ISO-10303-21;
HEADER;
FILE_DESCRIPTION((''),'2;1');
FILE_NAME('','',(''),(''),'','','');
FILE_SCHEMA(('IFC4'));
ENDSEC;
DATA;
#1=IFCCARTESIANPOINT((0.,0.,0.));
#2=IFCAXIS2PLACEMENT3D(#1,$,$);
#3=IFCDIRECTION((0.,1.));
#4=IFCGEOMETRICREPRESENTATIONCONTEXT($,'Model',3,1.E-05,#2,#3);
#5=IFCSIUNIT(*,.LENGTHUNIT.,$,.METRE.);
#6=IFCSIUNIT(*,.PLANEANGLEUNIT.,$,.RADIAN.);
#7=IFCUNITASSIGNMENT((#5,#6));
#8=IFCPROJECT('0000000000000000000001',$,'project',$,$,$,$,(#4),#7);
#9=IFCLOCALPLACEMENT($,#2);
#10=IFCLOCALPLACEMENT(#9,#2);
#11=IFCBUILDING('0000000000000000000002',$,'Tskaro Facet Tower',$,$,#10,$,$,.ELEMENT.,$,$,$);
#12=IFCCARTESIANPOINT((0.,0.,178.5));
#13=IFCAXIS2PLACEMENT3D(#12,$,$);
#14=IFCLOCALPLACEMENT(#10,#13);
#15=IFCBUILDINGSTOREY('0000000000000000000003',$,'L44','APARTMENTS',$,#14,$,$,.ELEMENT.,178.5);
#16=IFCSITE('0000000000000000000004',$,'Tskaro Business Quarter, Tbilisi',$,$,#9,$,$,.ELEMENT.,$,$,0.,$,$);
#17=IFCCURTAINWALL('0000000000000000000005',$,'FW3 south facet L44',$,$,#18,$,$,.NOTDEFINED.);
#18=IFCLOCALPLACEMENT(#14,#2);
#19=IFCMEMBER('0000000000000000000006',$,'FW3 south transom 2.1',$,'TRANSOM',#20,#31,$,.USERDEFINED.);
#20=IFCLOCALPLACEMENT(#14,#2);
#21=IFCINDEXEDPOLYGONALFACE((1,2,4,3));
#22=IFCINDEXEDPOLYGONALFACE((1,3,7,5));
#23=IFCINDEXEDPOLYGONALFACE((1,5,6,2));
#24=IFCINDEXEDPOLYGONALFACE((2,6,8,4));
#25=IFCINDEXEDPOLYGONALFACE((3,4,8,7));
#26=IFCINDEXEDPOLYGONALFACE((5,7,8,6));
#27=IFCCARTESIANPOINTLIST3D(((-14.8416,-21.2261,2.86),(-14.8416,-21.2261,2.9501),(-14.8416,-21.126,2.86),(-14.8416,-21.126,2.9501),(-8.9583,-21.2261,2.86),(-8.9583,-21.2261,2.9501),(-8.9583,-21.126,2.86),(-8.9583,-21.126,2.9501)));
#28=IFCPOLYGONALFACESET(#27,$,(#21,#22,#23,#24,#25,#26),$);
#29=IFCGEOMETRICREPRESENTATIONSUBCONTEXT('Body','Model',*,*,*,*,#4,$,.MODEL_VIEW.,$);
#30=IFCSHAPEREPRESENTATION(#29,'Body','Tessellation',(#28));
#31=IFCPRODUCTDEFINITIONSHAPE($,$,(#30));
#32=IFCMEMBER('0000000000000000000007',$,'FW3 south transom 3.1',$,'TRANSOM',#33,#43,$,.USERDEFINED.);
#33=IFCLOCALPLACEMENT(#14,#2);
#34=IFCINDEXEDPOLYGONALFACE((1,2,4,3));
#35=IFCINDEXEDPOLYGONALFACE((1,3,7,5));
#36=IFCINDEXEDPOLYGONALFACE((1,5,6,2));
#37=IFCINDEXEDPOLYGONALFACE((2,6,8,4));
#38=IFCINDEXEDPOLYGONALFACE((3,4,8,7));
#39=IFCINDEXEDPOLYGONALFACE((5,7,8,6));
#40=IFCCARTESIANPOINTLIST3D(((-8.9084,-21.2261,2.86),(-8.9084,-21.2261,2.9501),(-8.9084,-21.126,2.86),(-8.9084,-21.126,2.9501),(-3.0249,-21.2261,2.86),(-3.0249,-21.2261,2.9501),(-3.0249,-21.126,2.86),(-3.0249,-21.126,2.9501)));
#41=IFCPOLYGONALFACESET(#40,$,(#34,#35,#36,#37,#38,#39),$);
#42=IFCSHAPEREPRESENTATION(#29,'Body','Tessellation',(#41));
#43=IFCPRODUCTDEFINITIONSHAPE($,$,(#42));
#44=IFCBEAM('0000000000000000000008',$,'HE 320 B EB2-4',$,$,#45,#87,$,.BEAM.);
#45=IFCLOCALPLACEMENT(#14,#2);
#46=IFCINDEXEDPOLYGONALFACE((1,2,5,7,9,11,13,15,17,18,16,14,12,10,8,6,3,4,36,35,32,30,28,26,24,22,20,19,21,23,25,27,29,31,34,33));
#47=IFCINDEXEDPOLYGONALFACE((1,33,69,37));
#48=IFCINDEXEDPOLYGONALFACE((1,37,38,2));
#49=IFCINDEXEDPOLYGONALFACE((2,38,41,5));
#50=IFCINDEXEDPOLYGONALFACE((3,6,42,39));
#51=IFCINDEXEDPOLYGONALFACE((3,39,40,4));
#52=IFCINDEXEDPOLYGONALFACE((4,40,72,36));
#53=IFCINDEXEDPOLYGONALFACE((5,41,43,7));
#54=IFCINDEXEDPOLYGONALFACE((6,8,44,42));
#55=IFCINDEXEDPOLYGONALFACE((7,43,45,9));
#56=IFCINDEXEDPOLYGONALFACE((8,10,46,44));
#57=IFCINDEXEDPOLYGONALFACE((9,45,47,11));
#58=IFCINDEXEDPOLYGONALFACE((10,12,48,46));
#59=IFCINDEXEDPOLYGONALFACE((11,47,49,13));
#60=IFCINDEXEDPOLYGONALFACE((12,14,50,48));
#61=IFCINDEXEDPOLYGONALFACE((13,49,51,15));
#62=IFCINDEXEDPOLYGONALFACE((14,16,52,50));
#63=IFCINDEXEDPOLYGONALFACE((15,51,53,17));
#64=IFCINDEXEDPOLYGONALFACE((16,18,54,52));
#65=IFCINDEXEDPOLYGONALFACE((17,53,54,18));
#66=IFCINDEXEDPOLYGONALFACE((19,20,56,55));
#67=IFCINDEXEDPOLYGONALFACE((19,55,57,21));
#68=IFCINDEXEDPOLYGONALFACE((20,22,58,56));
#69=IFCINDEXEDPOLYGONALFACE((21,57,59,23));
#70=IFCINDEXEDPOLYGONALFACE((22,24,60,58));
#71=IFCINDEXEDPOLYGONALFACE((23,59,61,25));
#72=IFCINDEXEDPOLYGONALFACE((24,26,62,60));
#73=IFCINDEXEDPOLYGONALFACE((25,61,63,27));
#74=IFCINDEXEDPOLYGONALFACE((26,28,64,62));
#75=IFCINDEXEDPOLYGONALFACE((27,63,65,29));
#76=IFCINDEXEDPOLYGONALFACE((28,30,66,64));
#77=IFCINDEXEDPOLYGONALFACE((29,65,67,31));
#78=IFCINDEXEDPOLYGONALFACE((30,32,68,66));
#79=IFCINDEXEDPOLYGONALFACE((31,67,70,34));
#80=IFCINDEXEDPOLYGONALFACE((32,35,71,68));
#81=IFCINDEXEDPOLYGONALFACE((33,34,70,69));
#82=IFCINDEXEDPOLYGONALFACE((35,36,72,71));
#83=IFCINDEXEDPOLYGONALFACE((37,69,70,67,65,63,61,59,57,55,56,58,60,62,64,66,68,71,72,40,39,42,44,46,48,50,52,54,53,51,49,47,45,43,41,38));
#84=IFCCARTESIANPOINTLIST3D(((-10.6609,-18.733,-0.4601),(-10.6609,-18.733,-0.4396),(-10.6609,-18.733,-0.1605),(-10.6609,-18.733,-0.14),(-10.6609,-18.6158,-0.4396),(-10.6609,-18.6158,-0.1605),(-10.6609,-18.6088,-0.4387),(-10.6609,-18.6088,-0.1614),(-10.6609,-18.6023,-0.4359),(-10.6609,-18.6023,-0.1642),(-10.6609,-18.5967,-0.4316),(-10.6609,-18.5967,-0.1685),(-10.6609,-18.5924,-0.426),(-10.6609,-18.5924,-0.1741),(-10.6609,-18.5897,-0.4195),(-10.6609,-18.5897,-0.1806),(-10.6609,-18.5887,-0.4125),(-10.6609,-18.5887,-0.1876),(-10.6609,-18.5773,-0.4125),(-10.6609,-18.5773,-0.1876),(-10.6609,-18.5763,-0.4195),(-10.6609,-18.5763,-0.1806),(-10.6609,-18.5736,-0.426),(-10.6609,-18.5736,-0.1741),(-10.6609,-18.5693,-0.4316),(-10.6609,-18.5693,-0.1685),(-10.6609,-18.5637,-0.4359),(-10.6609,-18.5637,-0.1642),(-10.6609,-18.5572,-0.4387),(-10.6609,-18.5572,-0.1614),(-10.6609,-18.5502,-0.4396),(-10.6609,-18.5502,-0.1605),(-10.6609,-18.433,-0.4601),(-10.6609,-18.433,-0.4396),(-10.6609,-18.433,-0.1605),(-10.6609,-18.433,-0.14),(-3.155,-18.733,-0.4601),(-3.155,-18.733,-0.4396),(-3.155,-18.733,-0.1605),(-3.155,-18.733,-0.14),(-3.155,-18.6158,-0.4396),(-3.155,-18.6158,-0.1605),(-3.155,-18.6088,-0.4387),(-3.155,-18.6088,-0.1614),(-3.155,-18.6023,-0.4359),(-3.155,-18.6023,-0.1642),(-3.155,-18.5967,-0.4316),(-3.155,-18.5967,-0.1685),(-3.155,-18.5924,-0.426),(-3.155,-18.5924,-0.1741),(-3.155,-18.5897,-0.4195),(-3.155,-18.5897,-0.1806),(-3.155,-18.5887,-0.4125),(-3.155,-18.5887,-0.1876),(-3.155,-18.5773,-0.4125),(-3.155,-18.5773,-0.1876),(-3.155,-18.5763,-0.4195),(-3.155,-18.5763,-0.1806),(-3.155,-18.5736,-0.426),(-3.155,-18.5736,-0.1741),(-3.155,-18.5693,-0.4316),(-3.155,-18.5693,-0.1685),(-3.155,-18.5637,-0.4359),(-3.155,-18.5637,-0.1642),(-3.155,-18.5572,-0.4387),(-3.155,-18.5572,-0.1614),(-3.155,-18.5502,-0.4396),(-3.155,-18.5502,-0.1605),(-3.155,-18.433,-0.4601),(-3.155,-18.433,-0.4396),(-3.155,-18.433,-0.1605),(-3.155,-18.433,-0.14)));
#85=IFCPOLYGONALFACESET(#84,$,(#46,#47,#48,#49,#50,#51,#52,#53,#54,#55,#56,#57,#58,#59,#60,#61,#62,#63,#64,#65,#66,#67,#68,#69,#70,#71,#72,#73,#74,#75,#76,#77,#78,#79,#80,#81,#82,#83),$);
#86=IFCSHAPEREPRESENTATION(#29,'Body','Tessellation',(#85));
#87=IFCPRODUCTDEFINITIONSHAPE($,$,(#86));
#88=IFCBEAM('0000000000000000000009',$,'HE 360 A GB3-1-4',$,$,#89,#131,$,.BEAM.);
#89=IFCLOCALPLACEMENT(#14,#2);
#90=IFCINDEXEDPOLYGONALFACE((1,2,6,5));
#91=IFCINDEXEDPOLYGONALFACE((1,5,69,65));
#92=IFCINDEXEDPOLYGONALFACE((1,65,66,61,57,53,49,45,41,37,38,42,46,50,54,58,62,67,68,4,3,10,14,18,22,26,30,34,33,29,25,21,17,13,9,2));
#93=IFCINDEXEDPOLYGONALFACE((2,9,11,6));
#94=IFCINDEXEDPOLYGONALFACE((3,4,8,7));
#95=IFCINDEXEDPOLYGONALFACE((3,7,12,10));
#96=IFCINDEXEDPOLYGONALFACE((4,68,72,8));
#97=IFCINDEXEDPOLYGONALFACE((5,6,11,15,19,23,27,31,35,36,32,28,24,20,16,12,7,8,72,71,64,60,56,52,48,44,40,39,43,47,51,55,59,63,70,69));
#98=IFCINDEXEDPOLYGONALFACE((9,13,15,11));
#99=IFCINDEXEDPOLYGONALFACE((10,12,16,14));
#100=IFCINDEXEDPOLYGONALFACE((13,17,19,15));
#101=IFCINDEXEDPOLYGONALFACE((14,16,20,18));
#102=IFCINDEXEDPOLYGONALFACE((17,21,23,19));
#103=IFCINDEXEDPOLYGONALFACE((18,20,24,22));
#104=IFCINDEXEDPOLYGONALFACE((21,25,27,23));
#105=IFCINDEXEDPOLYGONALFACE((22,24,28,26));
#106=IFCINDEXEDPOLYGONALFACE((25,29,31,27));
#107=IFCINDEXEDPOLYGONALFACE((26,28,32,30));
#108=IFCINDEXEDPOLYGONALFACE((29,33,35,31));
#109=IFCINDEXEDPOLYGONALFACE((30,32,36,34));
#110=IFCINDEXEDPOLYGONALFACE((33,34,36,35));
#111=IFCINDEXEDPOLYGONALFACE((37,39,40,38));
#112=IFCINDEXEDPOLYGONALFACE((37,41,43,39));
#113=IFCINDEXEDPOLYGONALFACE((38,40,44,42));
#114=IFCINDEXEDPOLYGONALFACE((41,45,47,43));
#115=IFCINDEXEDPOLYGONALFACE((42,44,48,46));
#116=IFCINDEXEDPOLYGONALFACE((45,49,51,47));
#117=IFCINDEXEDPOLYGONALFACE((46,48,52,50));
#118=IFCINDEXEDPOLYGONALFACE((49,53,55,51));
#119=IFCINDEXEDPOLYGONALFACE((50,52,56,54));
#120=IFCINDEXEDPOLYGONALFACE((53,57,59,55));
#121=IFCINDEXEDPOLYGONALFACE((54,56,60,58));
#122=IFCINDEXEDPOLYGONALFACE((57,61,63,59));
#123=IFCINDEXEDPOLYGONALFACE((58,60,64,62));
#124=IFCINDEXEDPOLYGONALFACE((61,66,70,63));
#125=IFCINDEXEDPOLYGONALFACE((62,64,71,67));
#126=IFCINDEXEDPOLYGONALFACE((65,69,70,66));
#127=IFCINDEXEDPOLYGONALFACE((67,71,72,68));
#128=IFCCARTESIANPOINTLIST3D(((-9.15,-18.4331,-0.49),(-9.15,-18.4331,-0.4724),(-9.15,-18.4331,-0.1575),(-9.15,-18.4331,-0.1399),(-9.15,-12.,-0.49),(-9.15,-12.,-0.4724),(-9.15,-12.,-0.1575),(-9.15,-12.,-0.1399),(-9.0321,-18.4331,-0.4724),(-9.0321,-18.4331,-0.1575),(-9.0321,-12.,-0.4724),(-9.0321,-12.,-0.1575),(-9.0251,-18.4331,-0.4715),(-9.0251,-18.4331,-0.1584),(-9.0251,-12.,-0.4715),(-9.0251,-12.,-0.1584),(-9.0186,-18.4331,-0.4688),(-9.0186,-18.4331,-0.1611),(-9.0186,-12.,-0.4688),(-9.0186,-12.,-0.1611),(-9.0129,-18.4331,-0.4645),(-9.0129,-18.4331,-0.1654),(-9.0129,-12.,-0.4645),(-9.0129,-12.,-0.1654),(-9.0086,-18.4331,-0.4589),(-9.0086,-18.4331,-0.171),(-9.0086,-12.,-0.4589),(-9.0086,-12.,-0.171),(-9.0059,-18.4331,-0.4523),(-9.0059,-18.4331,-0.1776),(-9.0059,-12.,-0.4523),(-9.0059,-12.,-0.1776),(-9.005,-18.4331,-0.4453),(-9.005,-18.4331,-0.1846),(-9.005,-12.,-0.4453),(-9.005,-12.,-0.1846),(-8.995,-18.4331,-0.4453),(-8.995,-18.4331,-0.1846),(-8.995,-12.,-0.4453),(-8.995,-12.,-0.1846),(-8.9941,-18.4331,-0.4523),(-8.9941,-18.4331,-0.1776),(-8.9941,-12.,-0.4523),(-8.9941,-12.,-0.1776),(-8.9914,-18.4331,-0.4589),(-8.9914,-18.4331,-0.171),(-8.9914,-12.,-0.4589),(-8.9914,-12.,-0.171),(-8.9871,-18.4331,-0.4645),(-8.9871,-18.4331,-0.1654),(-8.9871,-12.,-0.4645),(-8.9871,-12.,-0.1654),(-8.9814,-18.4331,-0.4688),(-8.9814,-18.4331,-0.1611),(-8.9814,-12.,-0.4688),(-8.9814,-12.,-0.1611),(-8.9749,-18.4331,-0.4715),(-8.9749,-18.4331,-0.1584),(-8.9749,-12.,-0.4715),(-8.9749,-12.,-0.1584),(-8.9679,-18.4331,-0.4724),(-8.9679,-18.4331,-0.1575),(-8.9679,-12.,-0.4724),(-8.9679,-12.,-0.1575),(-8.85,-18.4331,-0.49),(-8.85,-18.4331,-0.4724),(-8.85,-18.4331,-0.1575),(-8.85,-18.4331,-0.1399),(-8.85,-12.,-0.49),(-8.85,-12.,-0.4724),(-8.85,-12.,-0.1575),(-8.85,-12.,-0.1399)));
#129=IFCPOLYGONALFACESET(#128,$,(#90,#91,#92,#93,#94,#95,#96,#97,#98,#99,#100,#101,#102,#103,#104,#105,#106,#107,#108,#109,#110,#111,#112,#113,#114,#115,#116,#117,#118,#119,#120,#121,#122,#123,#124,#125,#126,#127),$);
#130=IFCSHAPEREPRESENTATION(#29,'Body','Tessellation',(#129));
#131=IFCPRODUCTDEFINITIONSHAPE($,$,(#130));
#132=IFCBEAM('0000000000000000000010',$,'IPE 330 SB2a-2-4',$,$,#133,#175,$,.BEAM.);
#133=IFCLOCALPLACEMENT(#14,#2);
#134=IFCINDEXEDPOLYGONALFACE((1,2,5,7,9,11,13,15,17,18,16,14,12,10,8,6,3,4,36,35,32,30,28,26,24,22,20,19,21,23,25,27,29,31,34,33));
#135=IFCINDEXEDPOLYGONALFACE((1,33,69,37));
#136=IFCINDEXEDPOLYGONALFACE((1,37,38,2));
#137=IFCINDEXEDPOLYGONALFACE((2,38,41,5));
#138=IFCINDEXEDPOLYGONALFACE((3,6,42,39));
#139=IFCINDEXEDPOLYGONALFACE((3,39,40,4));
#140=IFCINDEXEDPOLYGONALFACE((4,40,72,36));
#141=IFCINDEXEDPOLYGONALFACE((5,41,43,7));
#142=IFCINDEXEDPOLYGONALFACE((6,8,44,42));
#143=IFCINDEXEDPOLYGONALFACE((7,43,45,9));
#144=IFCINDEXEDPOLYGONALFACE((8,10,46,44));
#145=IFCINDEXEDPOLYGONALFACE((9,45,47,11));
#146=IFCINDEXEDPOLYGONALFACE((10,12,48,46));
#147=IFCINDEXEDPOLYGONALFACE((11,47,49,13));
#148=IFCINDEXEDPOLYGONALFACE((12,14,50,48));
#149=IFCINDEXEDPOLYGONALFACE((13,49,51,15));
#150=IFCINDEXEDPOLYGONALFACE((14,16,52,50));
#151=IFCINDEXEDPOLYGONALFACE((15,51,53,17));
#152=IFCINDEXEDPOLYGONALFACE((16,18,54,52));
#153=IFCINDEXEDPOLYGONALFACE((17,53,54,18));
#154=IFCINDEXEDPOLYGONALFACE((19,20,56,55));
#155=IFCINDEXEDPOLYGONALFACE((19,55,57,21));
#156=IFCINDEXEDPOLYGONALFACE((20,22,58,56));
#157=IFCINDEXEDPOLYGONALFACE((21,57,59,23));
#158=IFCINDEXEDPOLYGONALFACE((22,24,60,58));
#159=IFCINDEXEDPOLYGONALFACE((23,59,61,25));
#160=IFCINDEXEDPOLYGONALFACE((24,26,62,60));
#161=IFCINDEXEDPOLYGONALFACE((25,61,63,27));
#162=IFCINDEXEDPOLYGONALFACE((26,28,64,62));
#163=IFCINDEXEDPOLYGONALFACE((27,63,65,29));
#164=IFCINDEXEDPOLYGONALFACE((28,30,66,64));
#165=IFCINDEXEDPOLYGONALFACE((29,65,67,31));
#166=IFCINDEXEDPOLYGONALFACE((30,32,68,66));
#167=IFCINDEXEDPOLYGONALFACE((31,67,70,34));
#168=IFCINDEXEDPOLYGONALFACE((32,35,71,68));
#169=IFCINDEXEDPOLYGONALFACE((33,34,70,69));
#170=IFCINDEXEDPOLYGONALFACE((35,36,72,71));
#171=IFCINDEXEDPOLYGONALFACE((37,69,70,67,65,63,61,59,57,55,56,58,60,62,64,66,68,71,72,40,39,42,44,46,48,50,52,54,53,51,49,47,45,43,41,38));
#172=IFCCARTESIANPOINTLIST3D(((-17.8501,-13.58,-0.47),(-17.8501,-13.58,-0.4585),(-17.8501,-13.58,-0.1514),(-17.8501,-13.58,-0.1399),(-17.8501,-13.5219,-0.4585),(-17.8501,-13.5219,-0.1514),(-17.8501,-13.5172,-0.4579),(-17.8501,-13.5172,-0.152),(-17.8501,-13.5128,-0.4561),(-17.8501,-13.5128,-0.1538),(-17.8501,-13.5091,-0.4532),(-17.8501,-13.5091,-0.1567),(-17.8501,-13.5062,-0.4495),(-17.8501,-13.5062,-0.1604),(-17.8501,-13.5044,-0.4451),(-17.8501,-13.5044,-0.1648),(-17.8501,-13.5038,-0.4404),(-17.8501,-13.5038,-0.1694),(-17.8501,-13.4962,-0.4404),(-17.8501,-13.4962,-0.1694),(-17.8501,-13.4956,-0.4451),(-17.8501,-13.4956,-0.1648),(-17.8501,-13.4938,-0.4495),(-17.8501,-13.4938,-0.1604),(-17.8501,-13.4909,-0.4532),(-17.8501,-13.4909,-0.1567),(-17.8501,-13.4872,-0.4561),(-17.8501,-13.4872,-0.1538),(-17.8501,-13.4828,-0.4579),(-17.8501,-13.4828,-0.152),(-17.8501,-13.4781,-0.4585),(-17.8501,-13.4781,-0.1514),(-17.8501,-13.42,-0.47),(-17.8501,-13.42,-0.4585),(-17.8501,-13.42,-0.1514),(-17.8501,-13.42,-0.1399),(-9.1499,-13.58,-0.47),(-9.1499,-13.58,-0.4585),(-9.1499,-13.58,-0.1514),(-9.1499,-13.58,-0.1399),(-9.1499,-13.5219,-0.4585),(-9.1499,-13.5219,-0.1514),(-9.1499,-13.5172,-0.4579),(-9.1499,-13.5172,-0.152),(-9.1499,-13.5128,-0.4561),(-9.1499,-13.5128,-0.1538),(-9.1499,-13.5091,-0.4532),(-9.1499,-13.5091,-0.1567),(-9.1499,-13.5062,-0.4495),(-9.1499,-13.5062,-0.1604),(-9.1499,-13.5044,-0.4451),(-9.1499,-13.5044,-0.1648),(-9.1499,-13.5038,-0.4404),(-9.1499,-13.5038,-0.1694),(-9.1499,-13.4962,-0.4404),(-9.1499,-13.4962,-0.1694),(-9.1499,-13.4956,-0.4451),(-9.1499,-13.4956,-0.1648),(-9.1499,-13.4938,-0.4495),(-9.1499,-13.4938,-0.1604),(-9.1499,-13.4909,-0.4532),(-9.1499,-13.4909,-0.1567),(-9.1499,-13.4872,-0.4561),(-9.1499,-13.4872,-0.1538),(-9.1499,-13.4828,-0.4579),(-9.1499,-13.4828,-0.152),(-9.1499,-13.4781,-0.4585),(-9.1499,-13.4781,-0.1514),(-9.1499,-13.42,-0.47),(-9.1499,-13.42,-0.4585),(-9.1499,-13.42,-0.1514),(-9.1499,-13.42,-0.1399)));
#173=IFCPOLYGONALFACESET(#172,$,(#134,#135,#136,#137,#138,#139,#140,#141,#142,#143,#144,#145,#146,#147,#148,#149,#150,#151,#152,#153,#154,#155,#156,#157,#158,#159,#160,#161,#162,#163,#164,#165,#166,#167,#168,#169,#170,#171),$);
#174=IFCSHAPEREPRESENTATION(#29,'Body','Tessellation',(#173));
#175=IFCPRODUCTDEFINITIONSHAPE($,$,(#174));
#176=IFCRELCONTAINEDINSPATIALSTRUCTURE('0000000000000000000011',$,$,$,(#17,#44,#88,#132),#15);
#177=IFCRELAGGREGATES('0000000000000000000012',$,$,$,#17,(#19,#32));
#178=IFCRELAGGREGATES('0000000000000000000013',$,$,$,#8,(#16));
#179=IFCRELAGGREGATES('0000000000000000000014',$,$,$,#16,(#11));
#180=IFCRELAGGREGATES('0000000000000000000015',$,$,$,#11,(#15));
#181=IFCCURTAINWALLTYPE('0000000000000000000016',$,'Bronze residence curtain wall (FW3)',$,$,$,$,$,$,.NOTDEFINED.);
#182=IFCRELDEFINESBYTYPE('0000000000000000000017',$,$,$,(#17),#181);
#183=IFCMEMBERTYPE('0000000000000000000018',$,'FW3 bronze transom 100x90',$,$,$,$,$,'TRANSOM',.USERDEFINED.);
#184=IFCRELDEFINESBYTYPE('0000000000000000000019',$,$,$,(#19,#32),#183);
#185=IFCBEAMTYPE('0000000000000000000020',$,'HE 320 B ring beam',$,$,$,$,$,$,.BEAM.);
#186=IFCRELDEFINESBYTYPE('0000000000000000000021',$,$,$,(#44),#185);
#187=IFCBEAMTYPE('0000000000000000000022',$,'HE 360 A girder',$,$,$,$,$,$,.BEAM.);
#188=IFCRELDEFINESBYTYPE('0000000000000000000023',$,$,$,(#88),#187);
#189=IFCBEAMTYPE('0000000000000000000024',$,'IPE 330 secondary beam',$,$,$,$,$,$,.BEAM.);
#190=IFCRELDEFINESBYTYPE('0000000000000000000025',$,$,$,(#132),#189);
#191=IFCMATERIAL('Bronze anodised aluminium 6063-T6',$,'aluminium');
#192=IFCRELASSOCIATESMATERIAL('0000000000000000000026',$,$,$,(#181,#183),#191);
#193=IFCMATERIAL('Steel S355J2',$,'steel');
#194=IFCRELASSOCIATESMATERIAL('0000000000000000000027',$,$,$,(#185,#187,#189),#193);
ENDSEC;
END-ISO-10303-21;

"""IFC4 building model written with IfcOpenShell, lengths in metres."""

from ifc_helpers import new_model, si_unit, direction, frame, origin, origin_2d, place, context, subcontext, project, spatial, rectangle, i_section, extrude, material, material_profile, profile_set, type_object, element, aggregate, save


model = new_model("IFC4")

# Units and contexts
model_context = context("Model", 3, precision=1e-05, world=origin(), true_north=direction((0.0, 1.0)))
body_context = subcontext(model_context, "Body", "Model", "MODEL_VIEW")
ifc_project = project(units=[si_unit("LENGTHUNIT", "METRE"), si_unit("PLANEANGLEUNIT", "RADIAN")], contexts=[model_context])

# Site, building, storey
site_placement = place(None, origin())
site = spatial("IfcSite", under=ifc_project, at=site_placement, Name="Tskaro Business Quarter, Tbilisi", CompositionType="ELEMENT", RefElevation=0.0)
building_placement = place(site_placement, origin())
building = spatial("IfcBuilding", under=site, at=building_placement, Name="Tskaro Facet Tower", CompositionType="ELEMENT")
storey_placement = place(building_placement, frame((0.0, 0.0, 178.5)))
storey = spatial("IfcBuildingStorey", under=building, at=storey_placement, Name="L44", Description="APARTMENTS", CompositionType="ELEMENT", Elevation=178.5)

# Curtain wall, members
ifc_material_1 = material(Name="Bronze anodised aluminium 6063-T6", Category="aluminium")
curtain_wall_type = type_object("IfcCurtainWallType", Name="Bronze residence curtain wall (FW3)", PredefinedType="NOTDEFINED", material=ifc_material_1)
curtain_wall_placement = place(storey_placement, origin())
curtain_wall = element("IfcCurtainWall", 1, at=curtain_wall_placement, inside=storey, type_object=curtain_wall_type, Name="FW3 south facet L44", PredefinedType="NOTDEFINED")
ifc_material_profile_1 = material_profile(ifc_material_1, rectangle(XDim=0.1001, YDim=0.0901, at=origin_2d()), Name="Transom 100x90")
ifc_profile_set_1 = profile_set([ifc_material_profile_1], Name="Bronze anodised aluminium 6063-T6")
member_type_1 = type_object("IfcMemberType", Name="FW3 bronze transom 100x90", ElementType="TRANSOM", PredefinedType="USERDEFINED", material=ifc_profile_set_1)
member_1_placement = place(storey_placement, frame((-14.8416, -21.176, 2.905), z_axis=(1.0, 0.0, 0.0), x_axis=(0.0, 1.0, 0.0)))
member_1 = element("IfcMember", 2, at=member_1_placement, type_object=member_type_1, Name="FW3 south transom 2.1", ObjectType="TRANSOM", PredefinedType="USERDEFINED", context=body_context, shape_type="SweptSolid", body=[
    extrude(rectangle(XDim=0.1001, YDim=0.0901, at=origin_2d()), origin(), (0.0, 0.0, 1.0), 5.8833),
])
member_2_placement = place(storey_placement, frame((-8.9084, -21.176, 2.905), z_axis=(1.0, 0.0, 0.0), x_axis=(0.0, 1.0, 0.0)))
member_2 = element("IfcMember", 3, at=member_2_placement, type_object=member_type_1, Name="FW3 south transom 3.1", ObjectType="TRANSOM", PredefinedType="USERDEFINED", context=body_context, shape_type="SweptSolid", body=[
    extrude(rectangle(XDim=0.1001, YDim=0.0901, at=origin_2d()), origin(), (0.0, 0.0, 1.0), 5.8835),
])

# Beams
ifc_material_2 = material(Name="Steel S355J2", Category="steel")
ifc_material_profile_2 = material_profile(ifc_material_2, i_section(OverallWidth=0.3, OverallDepth=0.3201, WebThickness=0.0115, FlangeThickness=0.0205, FilletRadius=0.0271, at=origin_2d()), Name="HE 320 B")
ifc_profile_set_2 = profile_set([ifc_material_profile_2], Name="Steel S355J2")
beam_type_1 = type_object("IfcBeamType", Name="HE 320 B ring beam", PredefinedType="BEAM", material=ifc_profile_set_2)
beam_1_placement = place(storey_placement, frame((-10.6609, -18.583, -0.3), z_axis=(1.0, 0.0, 0.0), x_axis=(0.0, 1.0, 0.0)))
element("IfcBeam", 4, at=beam_1_placement, inside=storey, type_object=beam_type_1, Name="HE 320 B EB2-4", PredefinedType="BEAM", context=body_context, shape_type="SweptSolid", body=[
    extrude(i_section(OverallWidth=0.3, OverallDepth=0.3201, WebThickness=0.0115, FlangeThickness=0.0205, FilletRadius=0.0271, at=origin_2d()), origin(), (0.0, 0.0, 1.0), 7.5059),
])
ifc_material_profile_3 = material_profile(ifc_material_2, i_section(OverallWidth=0.3, OverallDepth=0.3501, WebThickness=0.01, FlangeThickness=0.0176, FilletRadius=0.0271, at=origin_2d()), Name="HE 360 A")
ifc_profile_set_3 = profile_set([ifc_material_profile_3], Name="Steel S355J2")
beam_type_2 = type_object("IfcBeamType", Name="HE 360 A girder", PredefinedType="BEAM", material=ifc_profile_set_3)
beam_2_placement = place(storey_placement, frame((-9.0, -18.4331, -0.3149), z_axis=(0.0, 1.0, 0.0), x_axis=(-1.0, 0.0, 0.0)))
element("IfcBeam", 5, at=beam_2_placement, inside=storey, type_object=beam_type_2, Name="HE 360 A GB3-1-4", PredefinedType="BEAM", context=body_context, shape_type="SweptSolid", body=[
    extrude(i_section(OverallWidth=0.3, OverallDepth=0.3501, WebThickness=0.01, FlangeThickness=0.0176, FilletRadius=0.0271, at=origin_2d()), origin(), (0.0, 0.0, 1.0), 6.4331),
])
ifc_material_profile_4 = material_profile(ifc_material_2, i_section(OverallWidth=0.1599, OverallDepth=0.3301, WebThickness=0.0076, FlangeThickness=0.0115, FilletRadius=0.0181, at=origin_2d()), Name="IPE 330")
ifc_profile_set_4 = profile_set([ifc_material_profile_4], Name="Steel S355J2")
beam_type_3 = type_object("IfcBeamType", Name="IPE 330 secondary beam", PredefinedType="BEAM", material=ifc_profile_set_4)
for number, where, z_axis, x_axis, name in (
    (6, (-17.8501, -13.5, -0.3049), (1.0, 0.0, 0.0), (0.0, 1.0, 0.0), "IPE 330 SB2a-2-4"),
):
    element("IfcBeam", number, at=place(storey_placement, frame(where, z_axis=z_axis, x_axis=x_axis)), inside=storey, type_object=beam_type_3, Name=name, PredefinedType="BEAM", context=body_context, shape_type="SweptSolid", body=[
        extrude(i_section(OverallWidth=0.1599, OverallDepth=0.3301, WebThickness=0.0076, FlangeThickness=0.0115, FilletRadius=0.0181, at=origin_2d()), origin(), (0.0, 0.0, 1.0), 8.7002),
    ])

aggregate(curtain_wall, [member_1, member_2])

save(model, "model.ifc")
